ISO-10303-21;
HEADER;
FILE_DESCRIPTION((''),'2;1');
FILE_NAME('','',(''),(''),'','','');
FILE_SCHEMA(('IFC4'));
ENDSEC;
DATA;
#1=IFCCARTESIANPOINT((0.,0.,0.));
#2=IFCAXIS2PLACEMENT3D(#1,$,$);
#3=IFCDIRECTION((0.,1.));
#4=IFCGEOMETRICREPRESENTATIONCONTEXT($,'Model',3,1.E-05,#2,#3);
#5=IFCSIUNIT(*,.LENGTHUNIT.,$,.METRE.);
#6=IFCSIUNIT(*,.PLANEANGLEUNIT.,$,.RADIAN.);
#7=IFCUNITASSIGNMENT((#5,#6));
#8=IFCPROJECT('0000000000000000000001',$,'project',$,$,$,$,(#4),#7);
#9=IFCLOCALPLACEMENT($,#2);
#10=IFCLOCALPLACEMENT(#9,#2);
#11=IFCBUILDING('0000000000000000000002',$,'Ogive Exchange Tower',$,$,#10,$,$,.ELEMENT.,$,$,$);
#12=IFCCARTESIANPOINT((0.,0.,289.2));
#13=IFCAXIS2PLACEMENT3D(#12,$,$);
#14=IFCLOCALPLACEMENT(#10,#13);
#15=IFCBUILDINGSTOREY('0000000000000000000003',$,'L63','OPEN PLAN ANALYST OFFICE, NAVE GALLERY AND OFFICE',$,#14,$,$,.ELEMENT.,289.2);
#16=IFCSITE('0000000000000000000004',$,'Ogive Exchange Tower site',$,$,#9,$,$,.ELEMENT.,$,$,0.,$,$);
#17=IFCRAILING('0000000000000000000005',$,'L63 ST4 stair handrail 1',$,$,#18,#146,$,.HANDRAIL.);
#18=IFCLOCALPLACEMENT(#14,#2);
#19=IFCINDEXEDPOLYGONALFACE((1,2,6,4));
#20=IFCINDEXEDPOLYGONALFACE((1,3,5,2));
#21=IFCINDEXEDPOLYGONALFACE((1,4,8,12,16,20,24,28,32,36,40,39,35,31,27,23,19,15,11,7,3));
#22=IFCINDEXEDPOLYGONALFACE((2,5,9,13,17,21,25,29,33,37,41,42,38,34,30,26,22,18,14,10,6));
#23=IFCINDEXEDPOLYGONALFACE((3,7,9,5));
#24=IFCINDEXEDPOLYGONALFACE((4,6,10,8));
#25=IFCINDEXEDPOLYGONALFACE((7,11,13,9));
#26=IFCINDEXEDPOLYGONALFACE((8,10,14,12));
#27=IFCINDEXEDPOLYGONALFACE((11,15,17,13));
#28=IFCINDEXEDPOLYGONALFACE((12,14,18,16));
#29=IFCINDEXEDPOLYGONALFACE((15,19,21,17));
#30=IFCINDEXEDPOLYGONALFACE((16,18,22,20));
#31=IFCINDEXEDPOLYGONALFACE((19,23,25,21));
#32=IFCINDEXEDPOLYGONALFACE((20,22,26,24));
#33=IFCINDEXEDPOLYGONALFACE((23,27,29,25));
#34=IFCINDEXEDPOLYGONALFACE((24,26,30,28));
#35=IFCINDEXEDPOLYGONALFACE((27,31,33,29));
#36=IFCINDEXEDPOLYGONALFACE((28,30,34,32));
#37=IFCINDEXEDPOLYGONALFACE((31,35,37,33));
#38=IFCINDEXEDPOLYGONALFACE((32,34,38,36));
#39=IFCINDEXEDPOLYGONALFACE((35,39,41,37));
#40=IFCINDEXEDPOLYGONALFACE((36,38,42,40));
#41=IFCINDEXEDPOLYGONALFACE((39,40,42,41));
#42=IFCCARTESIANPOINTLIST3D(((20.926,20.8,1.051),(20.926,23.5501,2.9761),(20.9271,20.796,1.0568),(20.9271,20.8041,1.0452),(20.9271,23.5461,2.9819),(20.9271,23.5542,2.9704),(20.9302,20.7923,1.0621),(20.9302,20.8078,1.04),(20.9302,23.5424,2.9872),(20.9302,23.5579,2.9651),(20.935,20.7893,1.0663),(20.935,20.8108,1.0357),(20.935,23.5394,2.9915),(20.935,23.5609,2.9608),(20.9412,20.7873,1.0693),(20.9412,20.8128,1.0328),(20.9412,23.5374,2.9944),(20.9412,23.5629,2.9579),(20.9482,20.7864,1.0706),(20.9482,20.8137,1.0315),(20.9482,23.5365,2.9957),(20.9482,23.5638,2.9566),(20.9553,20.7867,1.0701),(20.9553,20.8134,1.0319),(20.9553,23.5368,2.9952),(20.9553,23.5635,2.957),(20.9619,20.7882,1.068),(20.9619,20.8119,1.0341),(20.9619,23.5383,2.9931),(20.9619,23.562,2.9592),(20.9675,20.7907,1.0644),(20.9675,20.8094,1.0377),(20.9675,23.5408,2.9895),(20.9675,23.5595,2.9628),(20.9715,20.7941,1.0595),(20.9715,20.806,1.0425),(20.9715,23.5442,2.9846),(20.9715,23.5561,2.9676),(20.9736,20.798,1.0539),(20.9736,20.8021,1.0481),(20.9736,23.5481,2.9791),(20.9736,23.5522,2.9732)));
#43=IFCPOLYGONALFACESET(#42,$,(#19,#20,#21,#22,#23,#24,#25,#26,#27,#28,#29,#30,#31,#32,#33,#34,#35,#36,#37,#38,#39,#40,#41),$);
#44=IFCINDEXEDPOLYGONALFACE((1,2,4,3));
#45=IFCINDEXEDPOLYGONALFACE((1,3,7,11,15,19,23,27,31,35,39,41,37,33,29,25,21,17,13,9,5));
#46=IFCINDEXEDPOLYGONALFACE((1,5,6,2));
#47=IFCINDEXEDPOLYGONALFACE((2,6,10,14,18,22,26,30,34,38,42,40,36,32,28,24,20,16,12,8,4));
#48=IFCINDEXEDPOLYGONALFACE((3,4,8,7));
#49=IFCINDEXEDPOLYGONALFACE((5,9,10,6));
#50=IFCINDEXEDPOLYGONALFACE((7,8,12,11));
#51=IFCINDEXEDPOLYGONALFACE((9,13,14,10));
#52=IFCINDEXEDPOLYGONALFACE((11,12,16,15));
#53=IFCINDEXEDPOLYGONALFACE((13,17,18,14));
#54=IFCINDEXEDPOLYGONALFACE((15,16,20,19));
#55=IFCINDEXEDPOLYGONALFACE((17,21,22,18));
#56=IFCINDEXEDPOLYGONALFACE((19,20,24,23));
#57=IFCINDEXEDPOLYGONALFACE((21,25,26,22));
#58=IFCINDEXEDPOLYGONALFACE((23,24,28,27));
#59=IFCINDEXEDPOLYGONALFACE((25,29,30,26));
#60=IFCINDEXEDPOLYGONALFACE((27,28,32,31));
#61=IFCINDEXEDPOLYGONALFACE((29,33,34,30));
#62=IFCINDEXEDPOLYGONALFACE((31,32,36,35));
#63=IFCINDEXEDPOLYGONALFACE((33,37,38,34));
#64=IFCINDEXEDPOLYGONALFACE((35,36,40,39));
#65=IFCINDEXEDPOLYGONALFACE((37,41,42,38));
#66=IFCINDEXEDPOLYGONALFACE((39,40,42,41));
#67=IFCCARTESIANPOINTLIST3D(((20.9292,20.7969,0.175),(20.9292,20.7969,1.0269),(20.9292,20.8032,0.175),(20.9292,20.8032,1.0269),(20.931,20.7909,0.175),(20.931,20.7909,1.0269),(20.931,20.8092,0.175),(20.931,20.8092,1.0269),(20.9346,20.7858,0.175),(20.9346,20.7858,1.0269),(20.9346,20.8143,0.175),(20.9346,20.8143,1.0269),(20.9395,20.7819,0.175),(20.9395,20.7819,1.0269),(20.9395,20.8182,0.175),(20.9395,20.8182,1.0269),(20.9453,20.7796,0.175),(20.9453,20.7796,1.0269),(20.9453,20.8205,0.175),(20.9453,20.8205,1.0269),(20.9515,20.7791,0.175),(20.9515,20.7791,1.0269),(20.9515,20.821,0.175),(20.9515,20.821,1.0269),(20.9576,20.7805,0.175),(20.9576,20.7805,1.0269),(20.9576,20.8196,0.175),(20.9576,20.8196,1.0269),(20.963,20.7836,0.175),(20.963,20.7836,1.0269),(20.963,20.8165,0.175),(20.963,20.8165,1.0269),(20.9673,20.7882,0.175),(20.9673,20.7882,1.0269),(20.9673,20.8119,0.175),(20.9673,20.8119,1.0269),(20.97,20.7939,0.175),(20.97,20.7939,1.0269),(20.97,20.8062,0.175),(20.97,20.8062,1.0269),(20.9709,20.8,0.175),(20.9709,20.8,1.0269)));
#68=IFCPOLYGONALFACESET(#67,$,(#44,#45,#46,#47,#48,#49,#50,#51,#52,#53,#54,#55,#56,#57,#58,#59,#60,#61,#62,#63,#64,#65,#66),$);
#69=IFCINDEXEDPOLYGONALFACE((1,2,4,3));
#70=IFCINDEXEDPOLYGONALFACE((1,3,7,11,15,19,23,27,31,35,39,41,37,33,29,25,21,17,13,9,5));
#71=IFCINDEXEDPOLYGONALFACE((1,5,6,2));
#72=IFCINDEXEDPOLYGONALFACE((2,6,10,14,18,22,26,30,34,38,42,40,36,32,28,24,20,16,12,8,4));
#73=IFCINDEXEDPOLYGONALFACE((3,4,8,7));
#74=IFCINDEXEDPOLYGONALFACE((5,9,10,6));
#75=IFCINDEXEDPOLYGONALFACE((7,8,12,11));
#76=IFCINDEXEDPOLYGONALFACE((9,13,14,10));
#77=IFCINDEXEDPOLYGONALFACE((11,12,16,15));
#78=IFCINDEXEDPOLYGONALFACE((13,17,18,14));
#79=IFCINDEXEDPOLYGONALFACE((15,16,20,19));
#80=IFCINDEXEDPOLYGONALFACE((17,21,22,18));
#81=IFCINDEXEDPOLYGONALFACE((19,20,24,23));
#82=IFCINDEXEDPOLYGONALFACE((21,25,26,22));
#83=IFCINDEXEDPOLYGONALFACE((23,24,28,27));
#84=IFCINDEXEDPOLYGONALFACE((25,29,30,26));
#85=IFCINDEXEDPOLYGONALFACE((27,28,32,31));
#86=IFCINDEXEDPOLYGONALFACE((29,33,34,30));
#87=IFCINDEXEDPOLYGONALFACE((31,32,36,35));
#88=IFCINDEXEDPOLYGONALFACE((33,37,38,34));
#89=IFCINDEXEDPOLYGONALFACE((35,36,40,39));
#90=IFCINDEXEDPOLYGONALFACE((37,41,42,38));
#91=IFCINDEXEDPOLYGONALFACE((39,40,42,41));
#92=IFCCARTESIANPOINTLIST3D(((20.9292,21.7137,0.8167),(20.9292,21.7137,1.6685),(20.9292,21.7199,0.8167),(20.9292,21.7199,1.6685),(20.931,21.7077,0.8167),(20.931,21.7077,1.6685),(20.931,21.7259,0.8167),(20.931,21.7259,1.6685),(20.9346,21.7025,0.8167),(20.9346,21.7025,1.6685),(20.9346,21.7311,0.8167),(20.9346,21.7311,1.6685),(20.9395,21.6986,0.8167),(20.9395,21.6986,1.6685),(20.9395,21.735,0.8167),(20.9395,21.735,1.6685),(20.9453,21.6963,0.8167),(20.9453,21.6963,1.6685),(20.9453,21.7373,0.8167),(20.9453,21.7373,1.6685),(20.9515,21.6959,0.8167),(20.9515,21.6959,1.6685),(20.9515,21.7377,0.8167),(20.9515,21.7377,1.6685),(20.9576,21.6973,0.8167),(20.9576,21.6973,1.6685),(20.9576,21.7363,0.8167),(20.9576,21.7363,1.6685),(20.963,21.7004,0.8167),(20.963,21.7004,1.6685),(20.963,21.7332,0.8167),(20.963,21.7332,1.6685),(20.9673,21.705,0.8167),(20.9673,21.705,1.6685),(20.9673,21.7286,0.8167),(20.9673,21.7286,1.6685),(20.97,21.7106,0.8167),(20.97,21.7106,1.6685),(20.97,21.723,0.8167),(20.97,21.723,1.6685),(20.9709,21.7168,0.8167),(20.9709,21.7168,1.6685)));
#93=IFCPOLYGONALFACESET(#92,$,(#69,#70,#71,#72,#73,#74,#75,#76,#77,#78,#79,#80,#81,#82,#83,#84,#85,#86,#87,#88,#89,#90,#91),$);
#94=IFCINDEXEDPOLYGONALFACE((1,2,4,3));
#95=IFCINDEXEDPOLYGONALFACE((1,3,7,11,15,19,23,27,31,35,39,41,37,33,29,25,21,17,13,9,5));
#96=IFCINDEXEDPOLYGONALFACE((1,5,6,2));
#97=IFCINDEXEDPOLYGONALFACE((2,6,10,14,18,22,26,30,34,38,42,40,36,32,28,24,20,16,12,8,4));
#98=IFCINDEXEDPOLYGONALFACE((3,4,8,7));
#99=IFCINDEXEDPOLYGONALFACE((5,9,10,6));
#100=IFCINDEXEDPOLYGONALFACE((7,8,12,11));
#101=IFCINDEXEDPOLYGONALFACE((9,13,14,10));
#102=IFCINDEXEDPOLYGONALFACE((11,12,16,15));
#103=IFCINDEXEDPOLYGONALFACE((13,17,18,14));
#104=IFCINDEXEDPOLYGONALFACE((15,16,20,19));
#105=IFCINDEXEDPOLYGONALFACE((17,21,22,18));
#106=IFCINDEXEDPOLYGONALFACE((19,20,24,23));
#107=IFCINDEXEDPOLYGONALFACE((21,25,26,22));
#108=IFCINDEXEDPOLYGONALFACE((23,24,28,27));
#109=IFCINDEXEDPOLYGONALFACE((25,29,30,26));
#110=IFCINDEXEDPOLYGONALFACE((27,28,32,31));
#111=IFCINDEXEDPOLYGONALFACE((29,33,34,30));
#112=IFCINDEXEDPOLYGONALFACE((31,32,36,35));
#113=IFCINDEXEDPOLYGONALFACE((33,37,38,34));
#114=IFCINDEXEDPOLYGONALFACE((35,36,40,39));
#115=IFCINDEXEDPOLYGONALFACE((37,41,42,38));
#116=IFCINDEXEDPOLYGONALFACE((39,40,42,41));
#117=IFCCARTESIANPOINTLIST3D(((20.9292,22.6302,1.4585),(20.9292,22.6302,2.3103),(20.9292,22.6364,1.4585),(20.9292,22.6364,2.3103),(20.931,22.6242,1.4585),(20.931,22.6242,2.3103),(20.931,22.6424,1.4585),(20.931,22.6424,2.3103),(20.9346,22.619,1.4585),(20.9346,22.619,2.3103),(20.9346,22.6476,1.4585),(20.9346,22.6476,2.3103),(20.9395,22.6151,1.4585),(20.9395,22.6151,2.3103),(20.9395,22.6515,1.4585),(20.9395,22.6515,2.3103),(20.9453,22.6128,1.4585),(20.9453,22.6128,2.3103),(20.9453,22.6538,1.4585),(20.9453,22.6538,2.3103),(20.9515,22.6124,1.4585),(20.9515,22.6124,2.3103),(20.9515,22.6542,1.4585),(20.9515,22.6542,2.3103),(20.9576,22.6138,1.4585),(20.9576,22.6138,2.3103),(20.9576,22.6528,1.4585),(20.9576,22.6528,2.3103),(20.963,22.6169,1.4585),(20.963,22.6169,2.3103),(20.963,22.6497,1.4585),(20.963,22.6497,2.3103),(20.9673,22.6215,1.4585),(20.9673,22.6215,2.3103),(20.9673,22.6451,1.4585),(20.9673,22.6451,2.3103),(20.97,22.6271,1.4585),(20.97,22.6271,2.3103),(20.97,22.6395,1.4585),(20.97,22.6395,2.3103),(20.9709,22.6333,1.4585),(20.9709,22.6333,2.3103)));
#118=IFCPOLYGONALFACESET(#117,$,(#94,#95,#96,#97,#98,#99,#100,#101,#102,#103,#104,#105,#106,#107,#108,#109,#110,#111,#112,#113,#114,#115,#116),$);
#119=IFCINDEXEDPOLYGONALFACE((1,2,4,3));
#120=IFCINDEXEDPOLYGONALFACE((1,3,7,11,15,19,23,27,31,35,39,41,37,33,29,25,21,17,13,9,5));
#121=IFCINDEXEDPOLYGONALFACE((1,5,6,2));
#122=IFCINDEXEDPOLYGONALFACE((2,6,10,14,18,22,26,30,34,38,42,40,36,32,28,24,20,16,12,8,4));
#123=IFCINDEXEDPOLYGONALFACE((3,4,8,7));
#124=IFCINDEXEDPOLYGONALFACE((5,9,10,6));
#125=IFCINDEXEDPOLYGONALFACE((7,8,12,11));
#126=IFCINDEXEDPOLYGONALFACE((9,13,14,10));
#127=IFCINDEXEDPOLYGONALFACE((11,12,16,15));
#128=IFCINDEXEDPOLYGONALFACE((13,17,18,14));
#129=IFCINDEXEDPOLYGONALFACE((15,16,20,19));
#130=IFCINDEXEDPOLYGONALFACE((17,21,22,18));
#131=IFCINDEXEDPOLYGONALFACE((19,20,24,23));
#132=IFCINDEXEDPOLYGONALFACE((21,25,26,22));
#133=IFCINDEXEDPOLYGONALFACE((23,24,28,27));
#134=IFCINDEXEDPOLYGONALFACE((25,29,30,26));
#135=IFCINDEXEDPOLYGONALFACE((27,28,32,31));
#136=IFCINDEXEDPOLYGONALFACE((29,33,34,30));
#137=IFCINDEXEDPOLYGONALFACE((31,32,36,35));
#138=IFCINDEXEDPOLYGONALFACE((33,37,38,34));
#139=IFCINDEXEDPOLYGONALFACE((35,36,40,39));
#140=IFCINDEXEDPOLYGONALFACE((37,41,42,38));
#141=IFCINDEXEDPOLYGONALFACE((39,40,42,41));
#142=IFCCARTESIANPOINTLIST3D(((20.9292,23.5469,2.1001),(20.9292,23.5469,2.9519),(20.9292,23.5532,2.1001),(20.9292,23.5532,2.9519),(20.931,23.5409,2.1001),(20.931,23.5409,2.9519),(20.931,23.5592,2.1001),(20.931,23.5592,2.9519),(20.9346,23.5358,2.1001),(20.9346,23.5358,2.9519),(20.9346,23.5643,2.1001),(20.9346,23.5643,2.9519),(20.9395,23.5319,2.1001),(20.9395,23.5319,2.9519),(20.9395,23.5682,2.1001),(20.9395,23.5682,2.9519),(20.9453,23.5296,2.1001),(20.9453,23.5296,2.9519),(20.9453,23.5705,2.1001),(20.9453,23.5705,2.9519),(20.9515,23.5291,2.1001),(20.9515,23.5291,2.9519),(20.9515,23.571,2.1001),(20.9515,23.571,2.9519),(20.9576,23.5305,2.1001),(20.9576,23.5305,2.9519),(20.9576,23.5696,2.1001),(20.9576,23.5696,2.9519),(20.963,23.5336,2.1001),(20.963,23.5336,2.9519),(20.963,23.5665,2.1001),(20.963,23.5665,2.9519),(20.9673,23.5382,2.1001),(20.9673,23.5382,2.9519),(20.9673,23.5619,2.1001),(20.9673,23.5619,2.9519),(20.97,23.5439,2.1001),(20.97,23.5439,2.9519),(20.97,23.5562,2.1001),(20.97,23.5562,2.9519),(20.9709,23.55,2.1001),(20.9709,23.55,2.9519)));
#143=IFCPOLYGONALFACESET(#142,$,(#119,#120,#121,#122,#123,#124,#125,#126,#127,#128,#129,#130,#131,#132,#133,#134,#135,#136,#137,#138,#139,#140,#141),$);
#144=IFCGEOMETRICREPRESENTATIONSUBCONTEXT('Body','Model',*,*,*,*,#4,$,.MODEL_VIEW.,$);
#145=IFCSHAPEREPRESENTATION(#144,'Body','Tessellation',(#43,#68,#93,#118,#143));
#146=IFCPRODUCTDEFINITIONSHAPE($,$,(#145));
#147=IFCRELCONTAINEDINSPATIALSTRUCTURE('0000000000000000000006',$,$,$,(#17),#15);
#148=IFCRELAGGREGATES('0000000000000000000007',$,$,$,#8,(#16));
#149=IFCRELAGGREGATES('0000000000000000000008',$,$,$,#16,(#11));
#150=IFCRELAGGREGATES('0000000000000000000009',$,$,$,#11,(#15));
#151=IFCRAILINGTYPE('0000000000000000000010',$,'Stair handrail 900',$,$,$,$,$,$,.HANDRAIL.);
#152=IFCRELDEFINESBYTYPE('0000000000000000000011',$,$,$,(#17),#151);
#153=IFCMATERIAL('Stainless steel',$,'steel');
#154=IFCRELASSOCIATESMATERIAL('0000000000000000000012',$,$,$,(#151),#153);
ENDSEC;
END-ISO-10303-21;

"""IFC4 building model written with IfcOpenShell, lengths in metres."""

from ifc_helpers import new_model, si_unit, direction, frame, origin, origin_2d, place, context, subcontext, project, spatial, circle, extrude, material, type_object, element, save


model = new_model("IFC4")

# Units and contexts
model_context = context("Model", 3, precision=1e-05, world=origin(), true_north=direction((0.0, 1.0)))
body_context = subcontext(model_context, "Body", "Model", "MODEL_VIEW")
ifc_project = project(units=[si_unit("LENGTHUNIT", "METRE"), si_unit("PLANEANGLEUNIT", "RADIAN")], contexts=[model_context])

# Site, building, storey
site_placement = place(None, origin())
site = spatial("IfcSite", under=ifc_project, at=site_placement, Name="Ogive Exchange Tower site", CompositionType="ELEMENT", RefElevation=0.0)
building_placement = place(site_placement, origin())
building = spatial("IfcBuilding", under=site, at=building_placement, Name="Ogive Exchange Tower", CompositionType="ELEMENT")
storey_placement = place(building_placement, frame((0.0, 0.0, 289.2)))
storey = spatial("IfcBuildingStorey", under=building, at=storey_placement, Name="L63", Description="OPEN PLAN ANALYST OFFICE, NAVE GALLERY AND OFFICE", CompositionType="ELEMENT", Elevation=289.2)

# Railing
ifc_material_1 = material(Name="Stainless steel", Category="steel")
railing_type = type_object("IfcRailingType", Name="Stair handrail 900", PredefinedType="HANDRAIL", material=ifc_material_1)
railing_placement = place(storey_placement, frame((20.95, 20.8, 0.175)))
element("IfcRailing", 1, at=railing_placement, inside=storey, type_object=railing_type, Name="L63 ST4 stair handrail 1", PredefinedType="HANDRAIL", context=body_context, shape_type="SweptSolid", body=[
    extrude(circle(Radius=0.0239, at=origin_2d()), frame((0.0, 0.0, 0.876), z_axis=(0.0, 0.819225, 0.573472), x_axis=(-1.0, 0.0, 0.0)), (0.0, 0.0, 1.0), 3.3569),
    extrude(circle(Radius=0.021, at=origin_2d()), origin(), (0.0, 0.0, 1.0), 0.8518),
    extrude(circle(Radius=0.021, at=origin_2d()), frame((0.0, 0.9167, 0.6416)), (0.0, 0.0, 1.0), 0.8518),
    extrude(circle(Radius=0.021, at=origin_2d()), frame((0.0, 1.8333, 1.2834)), (0.0, 0.0, 1.0), 0.8518),
    extrude(circle(Radius=0.021, at=origin_2d()), frame((0.0, 2.75, 1.925)), (0.0, 0.0, 1.0), 0.8518),
])

save(model, "model.ifc")
